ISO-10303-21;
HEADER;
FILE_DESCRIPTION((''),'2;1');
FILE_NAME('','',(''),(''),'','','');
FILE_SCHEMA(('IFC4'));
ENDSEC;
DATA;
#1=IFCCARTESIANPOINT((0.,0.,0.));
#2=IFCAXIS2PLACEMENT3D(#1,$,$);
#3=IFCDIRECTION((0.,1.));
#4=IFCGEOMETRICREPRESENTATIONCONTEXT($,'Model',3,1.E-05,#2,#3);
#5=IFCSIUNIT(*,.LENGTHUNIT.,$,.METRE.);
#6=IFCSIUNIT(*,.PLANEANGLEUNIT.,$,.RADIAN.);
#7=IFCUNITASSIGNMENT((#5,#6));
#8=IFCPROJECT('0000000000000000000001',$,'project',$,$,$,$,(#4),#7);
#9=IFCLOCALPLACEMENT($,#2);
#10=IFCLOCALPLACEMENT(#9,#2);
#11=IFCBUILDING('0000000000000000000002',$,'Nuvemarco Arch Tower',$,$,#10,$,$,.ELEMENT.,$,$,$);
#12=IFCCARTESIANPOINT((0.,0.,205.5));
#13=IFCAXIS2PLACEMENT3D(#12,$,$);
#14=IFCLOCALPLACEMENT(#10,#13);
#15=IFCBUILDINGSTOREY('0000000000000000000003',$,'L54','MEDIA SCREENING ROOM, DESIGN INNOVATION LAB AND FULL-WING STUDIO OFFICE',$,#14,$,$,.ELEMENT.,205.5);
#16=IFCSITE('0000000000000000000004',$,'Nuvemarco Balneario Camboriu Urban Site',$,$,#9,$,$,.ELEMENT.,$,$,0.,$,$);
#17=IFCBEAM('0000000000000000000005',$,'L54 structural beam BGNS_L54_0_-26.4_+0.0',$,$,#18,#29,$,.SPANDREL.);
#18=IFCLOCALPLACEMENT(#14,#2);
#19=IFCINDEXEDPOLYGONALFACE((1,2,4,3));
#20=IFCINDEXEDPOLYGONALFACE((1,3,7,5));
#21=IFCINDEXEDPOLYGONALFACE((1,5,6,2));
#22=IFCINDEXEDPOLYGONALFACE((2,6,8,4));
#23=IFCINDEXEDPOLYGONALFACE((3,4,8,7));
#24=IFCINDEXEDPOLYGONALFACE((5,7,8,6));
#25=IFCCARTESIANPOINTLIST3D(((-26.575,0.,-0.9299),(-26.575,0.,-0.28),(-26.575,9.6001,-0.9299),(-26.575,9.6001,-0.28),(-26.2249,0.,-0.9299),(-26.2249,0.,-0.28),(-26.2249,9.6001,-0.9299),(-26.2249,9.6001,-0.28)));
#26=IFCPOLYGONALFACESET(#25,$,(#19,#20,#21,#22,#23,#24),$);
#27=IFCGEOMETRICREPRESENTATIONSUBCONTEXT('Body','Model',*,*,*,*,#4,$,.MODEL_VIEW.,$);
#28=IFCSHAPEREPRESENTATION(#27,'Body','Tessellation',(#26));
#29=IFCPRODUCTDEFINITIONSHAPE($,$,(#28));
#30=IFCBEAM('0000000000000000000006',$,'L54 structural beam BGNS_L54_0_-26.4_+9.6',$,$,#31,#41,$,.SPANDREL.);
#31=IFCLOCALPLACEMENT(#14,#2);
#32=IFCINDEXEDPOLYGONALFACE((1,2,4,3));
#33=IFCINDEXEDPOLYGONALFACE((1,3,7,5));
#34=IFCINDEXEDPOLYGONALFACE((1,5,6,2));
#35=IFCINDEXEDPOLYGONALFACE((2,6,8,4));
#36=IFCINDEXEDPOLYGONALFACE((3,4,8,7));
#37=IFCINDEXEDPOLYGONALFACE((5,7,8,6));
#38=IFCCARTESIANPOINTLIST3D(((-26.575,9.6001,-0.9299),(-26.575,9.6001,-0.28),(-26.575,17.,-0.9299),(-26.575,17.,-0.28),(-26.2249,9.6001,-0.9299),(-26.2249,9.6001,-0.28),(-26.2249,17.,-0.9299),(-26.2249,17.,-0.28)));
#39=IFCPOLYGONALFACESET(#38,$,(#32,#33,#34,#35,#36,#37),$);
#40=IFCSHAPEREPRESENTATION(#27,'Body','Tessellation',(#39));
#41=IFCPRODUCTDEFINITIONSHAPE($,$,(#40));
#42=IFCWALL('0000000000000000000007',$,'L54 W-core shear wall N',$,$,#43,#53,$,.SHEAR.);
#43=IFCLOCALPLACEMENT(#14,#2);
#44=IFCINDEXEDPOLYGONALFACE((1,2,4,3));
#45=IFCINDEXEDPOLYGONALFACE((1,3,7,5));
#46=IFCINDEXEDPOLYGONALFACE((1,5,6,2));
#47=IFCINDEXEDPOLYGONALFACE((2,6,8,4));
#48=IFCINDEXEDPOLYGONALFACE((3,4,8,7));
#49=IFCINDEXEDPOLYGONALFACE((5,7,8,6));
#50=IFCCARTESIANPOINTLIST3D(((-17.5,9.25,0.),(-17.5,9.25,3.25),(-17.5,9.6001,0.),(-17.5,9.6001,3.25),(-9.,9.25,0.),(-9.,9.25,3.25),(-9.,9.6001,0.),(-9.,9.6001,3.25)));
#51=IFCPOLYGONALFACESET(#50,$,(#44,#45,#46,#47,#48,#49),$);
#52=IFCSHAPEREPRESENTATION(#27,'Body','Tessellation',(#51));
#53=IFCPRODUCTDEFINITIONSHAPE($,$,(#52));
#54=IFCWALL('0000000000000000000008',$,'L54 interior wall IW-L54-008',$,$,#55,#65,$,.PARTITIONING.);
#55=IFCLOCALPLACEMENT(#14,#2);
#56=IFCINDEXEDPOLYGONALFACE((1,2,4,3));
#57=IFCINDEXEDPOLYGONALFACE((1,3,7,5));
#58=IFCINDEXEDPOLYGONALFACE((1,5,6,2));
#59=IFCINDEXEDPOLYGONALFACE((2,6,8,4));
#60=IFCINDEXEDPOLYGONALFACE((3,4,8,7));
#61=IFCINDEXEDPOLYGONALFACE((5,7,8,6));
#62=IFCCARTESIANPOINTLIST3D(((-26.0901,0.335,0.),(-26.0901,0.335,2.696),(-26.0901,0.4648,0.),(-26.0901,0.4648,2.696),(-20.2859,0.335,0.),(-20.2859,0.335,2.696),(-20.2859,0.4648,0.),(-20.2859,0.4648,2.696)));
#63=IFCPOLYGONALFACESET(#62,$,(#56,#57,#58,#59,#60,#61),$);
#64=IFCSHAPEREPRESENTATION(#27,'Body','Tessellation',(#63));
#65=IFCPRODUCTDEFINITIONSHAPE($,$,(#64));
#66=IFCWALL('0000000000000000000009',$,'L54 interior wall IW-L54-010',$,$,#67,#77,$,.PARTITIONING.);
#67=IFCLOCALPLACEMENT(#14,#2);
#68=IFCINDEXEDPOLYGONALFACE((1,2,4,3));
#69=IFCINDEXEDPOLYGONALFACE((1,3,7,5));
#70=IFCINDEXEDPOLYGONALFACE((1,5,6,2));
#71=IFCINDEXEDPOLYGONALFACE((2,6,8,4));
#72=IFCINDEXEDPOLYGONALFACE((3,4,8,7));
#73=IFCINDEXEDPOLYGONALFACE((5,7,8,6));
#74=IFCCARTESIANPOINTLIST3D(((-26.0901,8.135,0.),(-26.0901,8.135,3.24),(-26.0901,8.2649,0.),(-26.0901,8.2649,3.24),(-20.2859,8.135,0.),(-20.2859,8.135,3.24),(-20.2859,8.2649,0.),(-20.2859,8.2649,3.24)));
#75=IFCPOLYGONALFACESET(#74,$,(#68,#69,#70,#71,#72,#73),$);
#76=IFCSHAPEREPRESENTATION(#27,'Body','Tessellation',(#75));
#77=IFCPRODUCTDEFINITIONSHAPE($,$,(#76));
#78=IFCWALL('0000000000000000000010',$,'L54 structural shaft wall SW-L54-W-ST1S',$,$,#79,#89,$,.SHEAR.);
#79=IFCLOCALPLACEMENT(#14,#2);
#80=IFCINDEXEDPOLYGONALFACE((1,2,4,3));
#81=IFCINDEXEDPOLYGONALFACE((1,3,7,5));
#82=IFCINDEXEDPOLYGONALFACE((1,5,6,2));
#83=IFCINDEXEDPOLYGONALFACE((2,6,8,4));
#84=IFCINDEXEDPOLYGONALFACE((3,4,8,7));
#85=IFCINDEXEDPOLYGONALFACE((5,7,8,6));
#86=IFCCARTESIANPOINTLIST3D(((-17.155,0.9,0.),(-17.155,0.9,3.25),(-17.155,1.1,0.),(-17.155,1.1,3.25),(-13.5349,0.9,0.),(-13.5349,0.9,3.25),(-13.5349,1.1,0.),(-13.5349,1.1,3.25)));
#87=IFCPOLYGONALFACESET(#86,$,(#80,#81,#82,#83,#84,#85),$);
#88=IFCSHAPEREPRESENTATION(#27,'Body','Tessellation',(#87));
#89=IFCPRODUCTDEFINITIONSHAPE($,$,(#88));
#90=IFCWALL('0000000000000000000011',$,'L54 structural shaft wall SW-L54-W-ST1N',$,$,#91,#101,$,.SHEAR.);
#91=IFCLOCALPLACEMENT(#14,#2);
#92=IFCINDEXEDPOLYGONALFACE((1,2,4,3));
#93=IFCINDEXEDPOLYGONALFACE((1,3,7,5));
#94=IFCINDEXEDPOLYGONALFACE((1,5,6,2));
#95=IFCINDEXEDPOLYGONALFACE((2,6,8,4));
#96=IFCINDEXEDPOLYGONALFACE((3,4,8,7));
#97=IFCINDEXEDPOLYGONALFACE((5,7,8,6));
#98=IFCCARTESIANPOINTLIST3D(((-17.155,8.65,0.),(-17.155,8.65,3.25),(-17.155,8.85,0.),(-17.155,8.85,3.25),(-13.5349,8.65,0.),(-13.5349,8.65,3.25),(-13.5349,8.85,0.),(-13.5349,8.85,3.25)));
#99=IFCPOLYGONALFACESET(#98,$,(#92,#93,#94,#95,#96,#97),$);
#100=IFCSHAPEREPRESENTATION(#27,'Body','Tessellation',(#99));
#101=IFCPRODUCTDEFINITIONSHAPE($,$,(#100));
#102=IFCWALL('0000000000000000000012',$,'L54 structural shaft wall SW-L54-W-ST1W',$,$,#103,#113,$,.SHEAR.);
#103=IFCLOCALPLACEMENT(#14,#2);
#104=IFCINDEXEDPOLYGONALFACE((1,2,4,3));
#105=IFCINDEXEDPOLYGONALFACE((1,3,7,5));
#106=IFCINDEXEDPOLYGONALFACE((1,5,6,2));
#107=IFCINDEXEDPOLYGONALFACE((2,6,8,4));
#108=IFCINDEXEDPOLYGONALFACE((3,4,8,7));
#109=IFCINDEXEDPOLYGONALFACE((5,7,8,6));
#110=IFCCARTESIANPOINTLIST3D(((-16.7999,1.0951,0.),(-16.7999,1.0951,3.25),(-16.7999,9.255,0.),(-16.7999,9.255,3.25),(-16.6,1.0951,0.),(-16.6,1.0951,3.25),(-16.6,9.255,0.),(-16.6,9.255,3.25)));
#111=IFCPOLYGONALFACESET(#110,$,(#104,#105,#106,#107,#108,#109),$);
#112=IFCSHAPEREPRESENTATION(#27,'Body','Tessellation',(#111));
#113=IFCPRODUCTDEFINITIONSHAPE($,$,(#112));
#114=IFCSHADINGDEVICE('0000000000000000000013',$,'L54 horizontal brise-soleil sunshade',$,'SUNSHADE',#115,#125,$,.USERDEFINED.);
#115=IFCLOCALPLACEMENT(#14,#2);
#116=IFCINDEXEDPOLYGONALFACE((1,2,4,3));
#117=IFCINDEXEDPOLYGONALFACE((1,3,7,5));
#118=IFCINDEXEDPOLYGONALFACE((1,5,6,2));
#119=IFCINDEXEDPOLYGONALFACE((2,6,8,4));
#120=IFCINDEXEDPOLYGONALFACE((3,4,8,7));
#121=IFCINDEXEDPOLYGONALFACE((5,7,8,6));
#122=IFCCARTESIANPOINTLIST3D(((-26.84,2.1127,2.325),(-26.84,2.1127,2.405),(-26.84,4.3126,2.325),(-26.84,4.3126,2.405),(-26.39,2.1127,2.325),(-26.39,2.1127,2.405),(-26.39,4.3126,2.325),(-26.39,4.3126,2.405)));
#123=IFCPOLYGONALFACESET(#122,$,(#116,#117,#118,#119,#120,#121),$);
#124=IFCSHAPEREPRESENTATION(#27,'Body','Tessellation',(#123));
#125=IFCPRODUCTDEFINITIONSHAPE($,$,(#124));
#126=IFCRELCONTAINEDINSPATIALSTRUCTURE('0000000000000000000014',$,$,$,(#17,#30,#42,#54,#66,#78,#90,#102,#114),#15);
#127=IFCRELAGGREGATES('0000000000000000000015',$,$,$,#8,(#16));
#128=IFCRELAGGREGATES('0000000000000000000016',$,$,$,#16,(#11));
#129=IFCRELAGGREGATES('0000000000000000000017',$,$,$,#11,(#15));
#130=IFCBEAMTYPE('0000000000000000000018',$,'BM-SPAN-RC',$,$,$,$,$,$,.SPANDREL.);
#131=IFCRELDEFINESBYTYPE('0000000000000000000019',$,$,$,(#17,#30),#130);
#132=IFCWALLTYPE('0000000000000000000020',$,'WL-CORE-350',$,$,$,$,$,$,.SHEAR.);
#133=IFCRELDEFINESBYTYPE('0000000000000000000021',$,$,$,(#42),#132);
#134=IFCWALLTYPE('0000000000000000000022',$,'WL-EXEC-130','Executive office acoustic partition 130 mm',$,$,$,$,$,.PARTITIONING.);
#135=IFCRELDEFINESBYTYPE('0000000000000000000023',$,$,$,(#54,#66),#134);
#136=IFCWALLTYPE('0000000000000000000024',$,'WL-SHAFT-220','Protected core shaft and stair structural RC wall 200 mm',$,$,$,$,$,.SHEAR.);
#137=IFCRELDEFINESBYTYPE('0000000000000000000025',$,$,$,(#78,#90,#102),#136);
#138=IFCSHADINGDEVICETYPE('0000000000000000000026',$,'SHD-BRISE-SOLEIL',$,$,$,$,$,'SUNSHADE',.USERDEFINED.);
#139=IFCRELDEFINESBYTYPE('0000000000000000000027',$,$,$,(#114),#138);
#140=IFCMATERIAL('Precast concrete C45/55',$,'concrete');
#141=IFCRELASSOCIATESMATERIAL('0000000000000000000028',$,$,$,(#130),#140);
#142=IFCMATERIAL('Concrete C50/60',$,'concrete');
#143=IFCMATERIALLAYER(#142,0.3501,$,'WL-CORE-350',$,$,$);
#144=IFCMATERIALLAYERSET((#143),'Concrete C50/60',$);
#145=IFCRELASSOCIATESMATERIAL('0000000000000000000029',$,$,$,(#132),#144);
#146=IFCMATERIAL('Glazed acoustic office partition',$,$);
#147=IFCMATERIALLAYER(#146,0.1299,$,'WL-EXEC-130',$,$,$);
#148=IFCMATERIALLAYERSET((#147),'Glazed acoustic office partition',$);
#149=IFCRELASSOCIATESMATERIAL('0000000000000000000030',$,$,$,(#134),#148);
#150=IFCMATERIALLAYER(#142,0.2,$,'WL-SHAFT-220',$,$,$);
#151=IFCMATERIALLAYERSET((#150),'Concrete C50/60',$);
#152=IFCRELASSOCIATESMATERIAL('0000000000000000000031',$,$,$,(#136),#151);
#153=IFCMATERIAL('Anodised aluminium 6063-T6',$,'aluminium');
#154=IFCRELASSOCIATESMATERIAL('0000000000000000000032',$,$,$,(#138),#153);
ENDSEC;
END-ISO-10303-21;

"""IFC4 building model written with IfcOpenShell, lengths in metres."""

from ifc_helpers import new_model, si_unit, direction, frame, frame_2d, origin, origin_2d, place, context, subcontext, project, spatial, rectangle, extrude, source, transform, mapped, material, layer, layer_set, material_profile, profile_set, type_object, type_shapes, element, save


model = new_model("IFC4")

# Units and contexts
model_context = context("Model", 3, precision=1e-05, world=origin(), true_north=direction((0.0, 1.0)))
body_context = subcontext(model_context, "Body", "Model", "MODEL_VIEW")
ifc_project = project(units=[si_unit("LENGTHUNIT", "METRE"), si_unit("PLANEANGLEUNIT", "RADIAN")], contexts=[model_context])

# Site, building, storey
site_placement = place(None, origin())
site = spatial("IfcSite", under=ifc_project, at=site_placement, Name="Nuvemarco Balneario Camboriu Urban Site", CompositionType="ELEMENT", RefElevation=0.0)
building_placement = place(site_placement, origin())
building = spatial("IfcBuilding", under=site, at=building_placement, Name="Nuvemarco Arch Tower", CompositionType="ELEMENT")
storey_placement = place(building_placement, frame((0.0, 0.0, 205.5)))
storey = spatial("IfcBuildingStorey", under=building, at=storey_placement, Name="L54", Description="MEDIA SCREENING ROOM, DESIGN INNOVATION LAB AND FULL-WING STUDIO OFFICE", CompositionType="ELEMENT", Elevation=205.5)

# Shared definitions
ifc_material_1 = material(Name="Concrete C50/60", Category="concrete")

# Beams
ifc_material_2 = material(Name="Precast concrete C45/55", Category="concrete")
ifc_material_profile_1 = material_profile(ifc_material_2, rectangle(XDim=0.3501, YDim=0.6499, at=origin_2d()), Name="PC-SP-350x650")
ifc_profile_set_1 = profile_set([ifc_material_profile_1], Name="Precast concrete C45/55")
beam_type_1 = type_object("IfcBeamType", Name="BM-SPAN-RC", PredefinedType="SPANDREL", material=ifc_profile_set_1)
beam_1_placement = place(storey_placement, frame((-26.3999, 0.0, -0.605), z_axis=(0.0, 1.0, 0.0), x_axis=(-1.0, 0.0, 0.0)))
element("IfcBeam", 1, at=beam_1_placement, inside=storey, type_object=beam_type_1, Name="L54 structural beam BGNS_L54_0_-26.4_+0.0", PredefinedType="SPANDREL", context=body_context, shape_type="SweptSolid", body=[
    extrude(rectangle(XDim=0.3501, YDim=0.6499, at=origin_2d()), origin(), (0.0, 0.0, 1.0), 9.6001),
])
beam_2_placement = place(storey_placement, frame((-26.3999, 9.6001, -0.605), z_axis=(0.0, 1.0, 0.0), x_axis=(-1.0, 0.0, 0.0)))
element("IfcBeam", 2, at=beam_2_placement, inside=storey, type_object=beam_type_1, Name="L54 structural beam BGNS_L54_0_-26.4_+9.6", PredefinedType="SPANDREL", context=body_context, shape_type="SweptSolid", body=[
    extrude(rectangle(XDim=0.3501, YDim=0.6499, at=origin_2d()), origin(), (0.0, 0.0, 1.0), 7.3999),
])

# Walls
ifc_layer_1 = layer(ifc_material_1, 0.3501, Name="WL-CORE-350")
ifc_layer_set_1 = layer_set([ifc_layer_1], Name="Concrete C50/60")
wall_type_1 = type_object("IfcWallType", Name="WL-CORE-350", PredefinedType="SHEAR", material=ifc_layer_set_1)
wall_1_placement = place(storey_placement, frame((-17.5, 9.425, 0.0), z_axis=(0.0, 0.0, 1.0), x_axis=(1.0, 0.0, 0.0)))
element("IfcWall", 3, at=wall_1_placement, inside=storey, type_object=wall_type_1, Name="L54 W-core shear wall N", PredefinedType="SHEAR", context=body_context, shape_type="SweptSolid", body=[
    extrude(rectangle(XDim=8.5, YDim=0.3501, at=frame_2d((4.25, 0.0))), origin(), (0.0, 0.0, 1.0), 3.25),
])
ifc_material_3 = material(Name="Glazed acoustic office partition")
ifc_layer_2 = layer(ifc_material_3, 0.1299, Name="WL-EXEC-130")
ifc_layer_set_2 = layer_set([ifc_layer_2], Name="Glazed acoustic office partition")
wall_type_2 = type_object("IfcWallType", Name="WL-EXEC-130", Description="Executive office acoustic partition 130 mm", PredefinedType="PARTITIONING", material=ifc_layer_set_2)
wall_2_placement = place(storey_placement, frame((-26.0901, 0.3999, 0.0), z_axis=(0.0, 0.0, 1.0), x_axis=(1.0, 0.0, 0.0)))
element("IfcWall", 4, at=wall_2_placement, inside=storey, type_object=wall_type_2, Name="L54 interior wall IW-L54-008", PredefinedType="PARTITIONING", context=body_context, shape_type="SweptSolid", body=[
    extrude(rectangle(XDim=5.8042, YDim=0.1299, at=frame_2d((2.9021, 0.0))), origin(), (0.0, 0.0, 1.0), 2.696),
])
wall_3_placement = place(storey_placement, frame((-26.0901, 8.2, 0.0), z_axis=(0.0, 0.0, 1.0), x_axis=(1.0, 0.0, 0.0)))
element("IfcWall", 5, at=wall_3_placement, inside=storey, type_object=wall_type_2, Name="L54 interior wall IW-L54-010", PredefinedType="PARTITIONING", context=body_context, shape_type="SweptSolid", body=[
    extrude(rectangle(XDim=5.8042, YDim=0.1299, at=frame_2d((2.9021, 0.0))), origin(), (0.0, 0.0, 1.0), 3.24),
])
ifc_layer_3 = layer(ifc_material_1, 0.2, Name="WL-SHAFT-220")
ifc_layer_set_3 = layer_set([ifc_layer_3], Name="Concrete C50/60")
wall_type_3 = type_object("IfcWallType", Name="WL-SHAFT-220", Description="Protected core shaft and stair structural RC wall 200 mm", PredefinedType="SHEAR", material=ifc_layer_set_3)
for number, where, z_axis, x_axis, name in (
    (6, (-17.155, 1.0, 0.0), (0.0, 0.0, 1.0), (1.0, 0.0, 0.0), "L54 structural shaft wall SW-L54-W-ST1S"),
    (7, (-17.155, 8.75, 0.0), (0.0, 0.0, 1.0), (1.0, 0.0, 0.0), "L54 structural shaft wall SW-L54-W-ST1N"),
):
    element("IfcWall", number, at=place(storey_placement, frame(where, z_axis=z_axis, x_axis=x_axis)), inside=storey, type_object=wall_type_3, Name=name, PredefinedType="SHEAR", context=body_context, shape_type="SweptSolid", body=[
        extrude(rectangle(XDim=3.6201, YDim=0.2, at=frame_2d((1.8101, 0.0))), origin(), (0.0, 0.0, 1.0), 3.25),
    ])
wall_4_placement = place(storey_placement, frame((-16.7, 1.095, 0.0), z_axis=(0.0, 0.0, 1.0), x_axis=(0.0, 1.0, 0.0)))
element("IfcWall", 8, at=wall_4_placement, inside=storey, type_object=wall_type_3, Name="L54 structural shaft wall SW-L54-W-ST1W", PredefinedType="SHEAR", context=body_context, shape_type="SweptSolid", body=[
    extrude(rectangle(XDim=8.1599, YDim=0.2, at=frame_2d((4.0801, 0.0))), origin(), (0.0, 0.0, 1.0), 3.25),
])

# Shading device
ifc_material_4 = material(Name="Anodised aluminium 6063-T6", Category="aluminium")
shading_device_type = type_object("IfcShadingDeviceType", Name="SHD-BRISE-SOLEIL", ElementType="SUNSHADE", PredefinedType="USERDEFINED", material=ifc_material_4)
shared_shape = source(origin(), body_context, "Body", "SweptSolid", [
    extrude(rectangle(XDim=2.2, YDim=0.45, at=origin_2d()), origin(), (0.0, 0.0, 1.0), 0.0801),
])
type_shapes(shading_device_type, [shared_shape])
shading_device_placement = place(storey_placement, frame((-26.615, 3.2126, 2.325), z_axis=(0.0, 0.0, 1.0), x_axis=(0.0, 1.0, 0.0)))
element("IfcShadingDevice", 9, at=shading_device_placement, inside=storey, type_object=shading_device_type, Name="L54 horizontal brise-soleil sunshade", ObjectType="SUNSHADE", PredefinedType="USERDEFINED", context=body_context, shape_type="MappedRepresentation", body=[
    mapped(shared_shape, transform((0.0, 0.0, 0.0), scale=1.0)),
])

save(model, "model.ifc")
